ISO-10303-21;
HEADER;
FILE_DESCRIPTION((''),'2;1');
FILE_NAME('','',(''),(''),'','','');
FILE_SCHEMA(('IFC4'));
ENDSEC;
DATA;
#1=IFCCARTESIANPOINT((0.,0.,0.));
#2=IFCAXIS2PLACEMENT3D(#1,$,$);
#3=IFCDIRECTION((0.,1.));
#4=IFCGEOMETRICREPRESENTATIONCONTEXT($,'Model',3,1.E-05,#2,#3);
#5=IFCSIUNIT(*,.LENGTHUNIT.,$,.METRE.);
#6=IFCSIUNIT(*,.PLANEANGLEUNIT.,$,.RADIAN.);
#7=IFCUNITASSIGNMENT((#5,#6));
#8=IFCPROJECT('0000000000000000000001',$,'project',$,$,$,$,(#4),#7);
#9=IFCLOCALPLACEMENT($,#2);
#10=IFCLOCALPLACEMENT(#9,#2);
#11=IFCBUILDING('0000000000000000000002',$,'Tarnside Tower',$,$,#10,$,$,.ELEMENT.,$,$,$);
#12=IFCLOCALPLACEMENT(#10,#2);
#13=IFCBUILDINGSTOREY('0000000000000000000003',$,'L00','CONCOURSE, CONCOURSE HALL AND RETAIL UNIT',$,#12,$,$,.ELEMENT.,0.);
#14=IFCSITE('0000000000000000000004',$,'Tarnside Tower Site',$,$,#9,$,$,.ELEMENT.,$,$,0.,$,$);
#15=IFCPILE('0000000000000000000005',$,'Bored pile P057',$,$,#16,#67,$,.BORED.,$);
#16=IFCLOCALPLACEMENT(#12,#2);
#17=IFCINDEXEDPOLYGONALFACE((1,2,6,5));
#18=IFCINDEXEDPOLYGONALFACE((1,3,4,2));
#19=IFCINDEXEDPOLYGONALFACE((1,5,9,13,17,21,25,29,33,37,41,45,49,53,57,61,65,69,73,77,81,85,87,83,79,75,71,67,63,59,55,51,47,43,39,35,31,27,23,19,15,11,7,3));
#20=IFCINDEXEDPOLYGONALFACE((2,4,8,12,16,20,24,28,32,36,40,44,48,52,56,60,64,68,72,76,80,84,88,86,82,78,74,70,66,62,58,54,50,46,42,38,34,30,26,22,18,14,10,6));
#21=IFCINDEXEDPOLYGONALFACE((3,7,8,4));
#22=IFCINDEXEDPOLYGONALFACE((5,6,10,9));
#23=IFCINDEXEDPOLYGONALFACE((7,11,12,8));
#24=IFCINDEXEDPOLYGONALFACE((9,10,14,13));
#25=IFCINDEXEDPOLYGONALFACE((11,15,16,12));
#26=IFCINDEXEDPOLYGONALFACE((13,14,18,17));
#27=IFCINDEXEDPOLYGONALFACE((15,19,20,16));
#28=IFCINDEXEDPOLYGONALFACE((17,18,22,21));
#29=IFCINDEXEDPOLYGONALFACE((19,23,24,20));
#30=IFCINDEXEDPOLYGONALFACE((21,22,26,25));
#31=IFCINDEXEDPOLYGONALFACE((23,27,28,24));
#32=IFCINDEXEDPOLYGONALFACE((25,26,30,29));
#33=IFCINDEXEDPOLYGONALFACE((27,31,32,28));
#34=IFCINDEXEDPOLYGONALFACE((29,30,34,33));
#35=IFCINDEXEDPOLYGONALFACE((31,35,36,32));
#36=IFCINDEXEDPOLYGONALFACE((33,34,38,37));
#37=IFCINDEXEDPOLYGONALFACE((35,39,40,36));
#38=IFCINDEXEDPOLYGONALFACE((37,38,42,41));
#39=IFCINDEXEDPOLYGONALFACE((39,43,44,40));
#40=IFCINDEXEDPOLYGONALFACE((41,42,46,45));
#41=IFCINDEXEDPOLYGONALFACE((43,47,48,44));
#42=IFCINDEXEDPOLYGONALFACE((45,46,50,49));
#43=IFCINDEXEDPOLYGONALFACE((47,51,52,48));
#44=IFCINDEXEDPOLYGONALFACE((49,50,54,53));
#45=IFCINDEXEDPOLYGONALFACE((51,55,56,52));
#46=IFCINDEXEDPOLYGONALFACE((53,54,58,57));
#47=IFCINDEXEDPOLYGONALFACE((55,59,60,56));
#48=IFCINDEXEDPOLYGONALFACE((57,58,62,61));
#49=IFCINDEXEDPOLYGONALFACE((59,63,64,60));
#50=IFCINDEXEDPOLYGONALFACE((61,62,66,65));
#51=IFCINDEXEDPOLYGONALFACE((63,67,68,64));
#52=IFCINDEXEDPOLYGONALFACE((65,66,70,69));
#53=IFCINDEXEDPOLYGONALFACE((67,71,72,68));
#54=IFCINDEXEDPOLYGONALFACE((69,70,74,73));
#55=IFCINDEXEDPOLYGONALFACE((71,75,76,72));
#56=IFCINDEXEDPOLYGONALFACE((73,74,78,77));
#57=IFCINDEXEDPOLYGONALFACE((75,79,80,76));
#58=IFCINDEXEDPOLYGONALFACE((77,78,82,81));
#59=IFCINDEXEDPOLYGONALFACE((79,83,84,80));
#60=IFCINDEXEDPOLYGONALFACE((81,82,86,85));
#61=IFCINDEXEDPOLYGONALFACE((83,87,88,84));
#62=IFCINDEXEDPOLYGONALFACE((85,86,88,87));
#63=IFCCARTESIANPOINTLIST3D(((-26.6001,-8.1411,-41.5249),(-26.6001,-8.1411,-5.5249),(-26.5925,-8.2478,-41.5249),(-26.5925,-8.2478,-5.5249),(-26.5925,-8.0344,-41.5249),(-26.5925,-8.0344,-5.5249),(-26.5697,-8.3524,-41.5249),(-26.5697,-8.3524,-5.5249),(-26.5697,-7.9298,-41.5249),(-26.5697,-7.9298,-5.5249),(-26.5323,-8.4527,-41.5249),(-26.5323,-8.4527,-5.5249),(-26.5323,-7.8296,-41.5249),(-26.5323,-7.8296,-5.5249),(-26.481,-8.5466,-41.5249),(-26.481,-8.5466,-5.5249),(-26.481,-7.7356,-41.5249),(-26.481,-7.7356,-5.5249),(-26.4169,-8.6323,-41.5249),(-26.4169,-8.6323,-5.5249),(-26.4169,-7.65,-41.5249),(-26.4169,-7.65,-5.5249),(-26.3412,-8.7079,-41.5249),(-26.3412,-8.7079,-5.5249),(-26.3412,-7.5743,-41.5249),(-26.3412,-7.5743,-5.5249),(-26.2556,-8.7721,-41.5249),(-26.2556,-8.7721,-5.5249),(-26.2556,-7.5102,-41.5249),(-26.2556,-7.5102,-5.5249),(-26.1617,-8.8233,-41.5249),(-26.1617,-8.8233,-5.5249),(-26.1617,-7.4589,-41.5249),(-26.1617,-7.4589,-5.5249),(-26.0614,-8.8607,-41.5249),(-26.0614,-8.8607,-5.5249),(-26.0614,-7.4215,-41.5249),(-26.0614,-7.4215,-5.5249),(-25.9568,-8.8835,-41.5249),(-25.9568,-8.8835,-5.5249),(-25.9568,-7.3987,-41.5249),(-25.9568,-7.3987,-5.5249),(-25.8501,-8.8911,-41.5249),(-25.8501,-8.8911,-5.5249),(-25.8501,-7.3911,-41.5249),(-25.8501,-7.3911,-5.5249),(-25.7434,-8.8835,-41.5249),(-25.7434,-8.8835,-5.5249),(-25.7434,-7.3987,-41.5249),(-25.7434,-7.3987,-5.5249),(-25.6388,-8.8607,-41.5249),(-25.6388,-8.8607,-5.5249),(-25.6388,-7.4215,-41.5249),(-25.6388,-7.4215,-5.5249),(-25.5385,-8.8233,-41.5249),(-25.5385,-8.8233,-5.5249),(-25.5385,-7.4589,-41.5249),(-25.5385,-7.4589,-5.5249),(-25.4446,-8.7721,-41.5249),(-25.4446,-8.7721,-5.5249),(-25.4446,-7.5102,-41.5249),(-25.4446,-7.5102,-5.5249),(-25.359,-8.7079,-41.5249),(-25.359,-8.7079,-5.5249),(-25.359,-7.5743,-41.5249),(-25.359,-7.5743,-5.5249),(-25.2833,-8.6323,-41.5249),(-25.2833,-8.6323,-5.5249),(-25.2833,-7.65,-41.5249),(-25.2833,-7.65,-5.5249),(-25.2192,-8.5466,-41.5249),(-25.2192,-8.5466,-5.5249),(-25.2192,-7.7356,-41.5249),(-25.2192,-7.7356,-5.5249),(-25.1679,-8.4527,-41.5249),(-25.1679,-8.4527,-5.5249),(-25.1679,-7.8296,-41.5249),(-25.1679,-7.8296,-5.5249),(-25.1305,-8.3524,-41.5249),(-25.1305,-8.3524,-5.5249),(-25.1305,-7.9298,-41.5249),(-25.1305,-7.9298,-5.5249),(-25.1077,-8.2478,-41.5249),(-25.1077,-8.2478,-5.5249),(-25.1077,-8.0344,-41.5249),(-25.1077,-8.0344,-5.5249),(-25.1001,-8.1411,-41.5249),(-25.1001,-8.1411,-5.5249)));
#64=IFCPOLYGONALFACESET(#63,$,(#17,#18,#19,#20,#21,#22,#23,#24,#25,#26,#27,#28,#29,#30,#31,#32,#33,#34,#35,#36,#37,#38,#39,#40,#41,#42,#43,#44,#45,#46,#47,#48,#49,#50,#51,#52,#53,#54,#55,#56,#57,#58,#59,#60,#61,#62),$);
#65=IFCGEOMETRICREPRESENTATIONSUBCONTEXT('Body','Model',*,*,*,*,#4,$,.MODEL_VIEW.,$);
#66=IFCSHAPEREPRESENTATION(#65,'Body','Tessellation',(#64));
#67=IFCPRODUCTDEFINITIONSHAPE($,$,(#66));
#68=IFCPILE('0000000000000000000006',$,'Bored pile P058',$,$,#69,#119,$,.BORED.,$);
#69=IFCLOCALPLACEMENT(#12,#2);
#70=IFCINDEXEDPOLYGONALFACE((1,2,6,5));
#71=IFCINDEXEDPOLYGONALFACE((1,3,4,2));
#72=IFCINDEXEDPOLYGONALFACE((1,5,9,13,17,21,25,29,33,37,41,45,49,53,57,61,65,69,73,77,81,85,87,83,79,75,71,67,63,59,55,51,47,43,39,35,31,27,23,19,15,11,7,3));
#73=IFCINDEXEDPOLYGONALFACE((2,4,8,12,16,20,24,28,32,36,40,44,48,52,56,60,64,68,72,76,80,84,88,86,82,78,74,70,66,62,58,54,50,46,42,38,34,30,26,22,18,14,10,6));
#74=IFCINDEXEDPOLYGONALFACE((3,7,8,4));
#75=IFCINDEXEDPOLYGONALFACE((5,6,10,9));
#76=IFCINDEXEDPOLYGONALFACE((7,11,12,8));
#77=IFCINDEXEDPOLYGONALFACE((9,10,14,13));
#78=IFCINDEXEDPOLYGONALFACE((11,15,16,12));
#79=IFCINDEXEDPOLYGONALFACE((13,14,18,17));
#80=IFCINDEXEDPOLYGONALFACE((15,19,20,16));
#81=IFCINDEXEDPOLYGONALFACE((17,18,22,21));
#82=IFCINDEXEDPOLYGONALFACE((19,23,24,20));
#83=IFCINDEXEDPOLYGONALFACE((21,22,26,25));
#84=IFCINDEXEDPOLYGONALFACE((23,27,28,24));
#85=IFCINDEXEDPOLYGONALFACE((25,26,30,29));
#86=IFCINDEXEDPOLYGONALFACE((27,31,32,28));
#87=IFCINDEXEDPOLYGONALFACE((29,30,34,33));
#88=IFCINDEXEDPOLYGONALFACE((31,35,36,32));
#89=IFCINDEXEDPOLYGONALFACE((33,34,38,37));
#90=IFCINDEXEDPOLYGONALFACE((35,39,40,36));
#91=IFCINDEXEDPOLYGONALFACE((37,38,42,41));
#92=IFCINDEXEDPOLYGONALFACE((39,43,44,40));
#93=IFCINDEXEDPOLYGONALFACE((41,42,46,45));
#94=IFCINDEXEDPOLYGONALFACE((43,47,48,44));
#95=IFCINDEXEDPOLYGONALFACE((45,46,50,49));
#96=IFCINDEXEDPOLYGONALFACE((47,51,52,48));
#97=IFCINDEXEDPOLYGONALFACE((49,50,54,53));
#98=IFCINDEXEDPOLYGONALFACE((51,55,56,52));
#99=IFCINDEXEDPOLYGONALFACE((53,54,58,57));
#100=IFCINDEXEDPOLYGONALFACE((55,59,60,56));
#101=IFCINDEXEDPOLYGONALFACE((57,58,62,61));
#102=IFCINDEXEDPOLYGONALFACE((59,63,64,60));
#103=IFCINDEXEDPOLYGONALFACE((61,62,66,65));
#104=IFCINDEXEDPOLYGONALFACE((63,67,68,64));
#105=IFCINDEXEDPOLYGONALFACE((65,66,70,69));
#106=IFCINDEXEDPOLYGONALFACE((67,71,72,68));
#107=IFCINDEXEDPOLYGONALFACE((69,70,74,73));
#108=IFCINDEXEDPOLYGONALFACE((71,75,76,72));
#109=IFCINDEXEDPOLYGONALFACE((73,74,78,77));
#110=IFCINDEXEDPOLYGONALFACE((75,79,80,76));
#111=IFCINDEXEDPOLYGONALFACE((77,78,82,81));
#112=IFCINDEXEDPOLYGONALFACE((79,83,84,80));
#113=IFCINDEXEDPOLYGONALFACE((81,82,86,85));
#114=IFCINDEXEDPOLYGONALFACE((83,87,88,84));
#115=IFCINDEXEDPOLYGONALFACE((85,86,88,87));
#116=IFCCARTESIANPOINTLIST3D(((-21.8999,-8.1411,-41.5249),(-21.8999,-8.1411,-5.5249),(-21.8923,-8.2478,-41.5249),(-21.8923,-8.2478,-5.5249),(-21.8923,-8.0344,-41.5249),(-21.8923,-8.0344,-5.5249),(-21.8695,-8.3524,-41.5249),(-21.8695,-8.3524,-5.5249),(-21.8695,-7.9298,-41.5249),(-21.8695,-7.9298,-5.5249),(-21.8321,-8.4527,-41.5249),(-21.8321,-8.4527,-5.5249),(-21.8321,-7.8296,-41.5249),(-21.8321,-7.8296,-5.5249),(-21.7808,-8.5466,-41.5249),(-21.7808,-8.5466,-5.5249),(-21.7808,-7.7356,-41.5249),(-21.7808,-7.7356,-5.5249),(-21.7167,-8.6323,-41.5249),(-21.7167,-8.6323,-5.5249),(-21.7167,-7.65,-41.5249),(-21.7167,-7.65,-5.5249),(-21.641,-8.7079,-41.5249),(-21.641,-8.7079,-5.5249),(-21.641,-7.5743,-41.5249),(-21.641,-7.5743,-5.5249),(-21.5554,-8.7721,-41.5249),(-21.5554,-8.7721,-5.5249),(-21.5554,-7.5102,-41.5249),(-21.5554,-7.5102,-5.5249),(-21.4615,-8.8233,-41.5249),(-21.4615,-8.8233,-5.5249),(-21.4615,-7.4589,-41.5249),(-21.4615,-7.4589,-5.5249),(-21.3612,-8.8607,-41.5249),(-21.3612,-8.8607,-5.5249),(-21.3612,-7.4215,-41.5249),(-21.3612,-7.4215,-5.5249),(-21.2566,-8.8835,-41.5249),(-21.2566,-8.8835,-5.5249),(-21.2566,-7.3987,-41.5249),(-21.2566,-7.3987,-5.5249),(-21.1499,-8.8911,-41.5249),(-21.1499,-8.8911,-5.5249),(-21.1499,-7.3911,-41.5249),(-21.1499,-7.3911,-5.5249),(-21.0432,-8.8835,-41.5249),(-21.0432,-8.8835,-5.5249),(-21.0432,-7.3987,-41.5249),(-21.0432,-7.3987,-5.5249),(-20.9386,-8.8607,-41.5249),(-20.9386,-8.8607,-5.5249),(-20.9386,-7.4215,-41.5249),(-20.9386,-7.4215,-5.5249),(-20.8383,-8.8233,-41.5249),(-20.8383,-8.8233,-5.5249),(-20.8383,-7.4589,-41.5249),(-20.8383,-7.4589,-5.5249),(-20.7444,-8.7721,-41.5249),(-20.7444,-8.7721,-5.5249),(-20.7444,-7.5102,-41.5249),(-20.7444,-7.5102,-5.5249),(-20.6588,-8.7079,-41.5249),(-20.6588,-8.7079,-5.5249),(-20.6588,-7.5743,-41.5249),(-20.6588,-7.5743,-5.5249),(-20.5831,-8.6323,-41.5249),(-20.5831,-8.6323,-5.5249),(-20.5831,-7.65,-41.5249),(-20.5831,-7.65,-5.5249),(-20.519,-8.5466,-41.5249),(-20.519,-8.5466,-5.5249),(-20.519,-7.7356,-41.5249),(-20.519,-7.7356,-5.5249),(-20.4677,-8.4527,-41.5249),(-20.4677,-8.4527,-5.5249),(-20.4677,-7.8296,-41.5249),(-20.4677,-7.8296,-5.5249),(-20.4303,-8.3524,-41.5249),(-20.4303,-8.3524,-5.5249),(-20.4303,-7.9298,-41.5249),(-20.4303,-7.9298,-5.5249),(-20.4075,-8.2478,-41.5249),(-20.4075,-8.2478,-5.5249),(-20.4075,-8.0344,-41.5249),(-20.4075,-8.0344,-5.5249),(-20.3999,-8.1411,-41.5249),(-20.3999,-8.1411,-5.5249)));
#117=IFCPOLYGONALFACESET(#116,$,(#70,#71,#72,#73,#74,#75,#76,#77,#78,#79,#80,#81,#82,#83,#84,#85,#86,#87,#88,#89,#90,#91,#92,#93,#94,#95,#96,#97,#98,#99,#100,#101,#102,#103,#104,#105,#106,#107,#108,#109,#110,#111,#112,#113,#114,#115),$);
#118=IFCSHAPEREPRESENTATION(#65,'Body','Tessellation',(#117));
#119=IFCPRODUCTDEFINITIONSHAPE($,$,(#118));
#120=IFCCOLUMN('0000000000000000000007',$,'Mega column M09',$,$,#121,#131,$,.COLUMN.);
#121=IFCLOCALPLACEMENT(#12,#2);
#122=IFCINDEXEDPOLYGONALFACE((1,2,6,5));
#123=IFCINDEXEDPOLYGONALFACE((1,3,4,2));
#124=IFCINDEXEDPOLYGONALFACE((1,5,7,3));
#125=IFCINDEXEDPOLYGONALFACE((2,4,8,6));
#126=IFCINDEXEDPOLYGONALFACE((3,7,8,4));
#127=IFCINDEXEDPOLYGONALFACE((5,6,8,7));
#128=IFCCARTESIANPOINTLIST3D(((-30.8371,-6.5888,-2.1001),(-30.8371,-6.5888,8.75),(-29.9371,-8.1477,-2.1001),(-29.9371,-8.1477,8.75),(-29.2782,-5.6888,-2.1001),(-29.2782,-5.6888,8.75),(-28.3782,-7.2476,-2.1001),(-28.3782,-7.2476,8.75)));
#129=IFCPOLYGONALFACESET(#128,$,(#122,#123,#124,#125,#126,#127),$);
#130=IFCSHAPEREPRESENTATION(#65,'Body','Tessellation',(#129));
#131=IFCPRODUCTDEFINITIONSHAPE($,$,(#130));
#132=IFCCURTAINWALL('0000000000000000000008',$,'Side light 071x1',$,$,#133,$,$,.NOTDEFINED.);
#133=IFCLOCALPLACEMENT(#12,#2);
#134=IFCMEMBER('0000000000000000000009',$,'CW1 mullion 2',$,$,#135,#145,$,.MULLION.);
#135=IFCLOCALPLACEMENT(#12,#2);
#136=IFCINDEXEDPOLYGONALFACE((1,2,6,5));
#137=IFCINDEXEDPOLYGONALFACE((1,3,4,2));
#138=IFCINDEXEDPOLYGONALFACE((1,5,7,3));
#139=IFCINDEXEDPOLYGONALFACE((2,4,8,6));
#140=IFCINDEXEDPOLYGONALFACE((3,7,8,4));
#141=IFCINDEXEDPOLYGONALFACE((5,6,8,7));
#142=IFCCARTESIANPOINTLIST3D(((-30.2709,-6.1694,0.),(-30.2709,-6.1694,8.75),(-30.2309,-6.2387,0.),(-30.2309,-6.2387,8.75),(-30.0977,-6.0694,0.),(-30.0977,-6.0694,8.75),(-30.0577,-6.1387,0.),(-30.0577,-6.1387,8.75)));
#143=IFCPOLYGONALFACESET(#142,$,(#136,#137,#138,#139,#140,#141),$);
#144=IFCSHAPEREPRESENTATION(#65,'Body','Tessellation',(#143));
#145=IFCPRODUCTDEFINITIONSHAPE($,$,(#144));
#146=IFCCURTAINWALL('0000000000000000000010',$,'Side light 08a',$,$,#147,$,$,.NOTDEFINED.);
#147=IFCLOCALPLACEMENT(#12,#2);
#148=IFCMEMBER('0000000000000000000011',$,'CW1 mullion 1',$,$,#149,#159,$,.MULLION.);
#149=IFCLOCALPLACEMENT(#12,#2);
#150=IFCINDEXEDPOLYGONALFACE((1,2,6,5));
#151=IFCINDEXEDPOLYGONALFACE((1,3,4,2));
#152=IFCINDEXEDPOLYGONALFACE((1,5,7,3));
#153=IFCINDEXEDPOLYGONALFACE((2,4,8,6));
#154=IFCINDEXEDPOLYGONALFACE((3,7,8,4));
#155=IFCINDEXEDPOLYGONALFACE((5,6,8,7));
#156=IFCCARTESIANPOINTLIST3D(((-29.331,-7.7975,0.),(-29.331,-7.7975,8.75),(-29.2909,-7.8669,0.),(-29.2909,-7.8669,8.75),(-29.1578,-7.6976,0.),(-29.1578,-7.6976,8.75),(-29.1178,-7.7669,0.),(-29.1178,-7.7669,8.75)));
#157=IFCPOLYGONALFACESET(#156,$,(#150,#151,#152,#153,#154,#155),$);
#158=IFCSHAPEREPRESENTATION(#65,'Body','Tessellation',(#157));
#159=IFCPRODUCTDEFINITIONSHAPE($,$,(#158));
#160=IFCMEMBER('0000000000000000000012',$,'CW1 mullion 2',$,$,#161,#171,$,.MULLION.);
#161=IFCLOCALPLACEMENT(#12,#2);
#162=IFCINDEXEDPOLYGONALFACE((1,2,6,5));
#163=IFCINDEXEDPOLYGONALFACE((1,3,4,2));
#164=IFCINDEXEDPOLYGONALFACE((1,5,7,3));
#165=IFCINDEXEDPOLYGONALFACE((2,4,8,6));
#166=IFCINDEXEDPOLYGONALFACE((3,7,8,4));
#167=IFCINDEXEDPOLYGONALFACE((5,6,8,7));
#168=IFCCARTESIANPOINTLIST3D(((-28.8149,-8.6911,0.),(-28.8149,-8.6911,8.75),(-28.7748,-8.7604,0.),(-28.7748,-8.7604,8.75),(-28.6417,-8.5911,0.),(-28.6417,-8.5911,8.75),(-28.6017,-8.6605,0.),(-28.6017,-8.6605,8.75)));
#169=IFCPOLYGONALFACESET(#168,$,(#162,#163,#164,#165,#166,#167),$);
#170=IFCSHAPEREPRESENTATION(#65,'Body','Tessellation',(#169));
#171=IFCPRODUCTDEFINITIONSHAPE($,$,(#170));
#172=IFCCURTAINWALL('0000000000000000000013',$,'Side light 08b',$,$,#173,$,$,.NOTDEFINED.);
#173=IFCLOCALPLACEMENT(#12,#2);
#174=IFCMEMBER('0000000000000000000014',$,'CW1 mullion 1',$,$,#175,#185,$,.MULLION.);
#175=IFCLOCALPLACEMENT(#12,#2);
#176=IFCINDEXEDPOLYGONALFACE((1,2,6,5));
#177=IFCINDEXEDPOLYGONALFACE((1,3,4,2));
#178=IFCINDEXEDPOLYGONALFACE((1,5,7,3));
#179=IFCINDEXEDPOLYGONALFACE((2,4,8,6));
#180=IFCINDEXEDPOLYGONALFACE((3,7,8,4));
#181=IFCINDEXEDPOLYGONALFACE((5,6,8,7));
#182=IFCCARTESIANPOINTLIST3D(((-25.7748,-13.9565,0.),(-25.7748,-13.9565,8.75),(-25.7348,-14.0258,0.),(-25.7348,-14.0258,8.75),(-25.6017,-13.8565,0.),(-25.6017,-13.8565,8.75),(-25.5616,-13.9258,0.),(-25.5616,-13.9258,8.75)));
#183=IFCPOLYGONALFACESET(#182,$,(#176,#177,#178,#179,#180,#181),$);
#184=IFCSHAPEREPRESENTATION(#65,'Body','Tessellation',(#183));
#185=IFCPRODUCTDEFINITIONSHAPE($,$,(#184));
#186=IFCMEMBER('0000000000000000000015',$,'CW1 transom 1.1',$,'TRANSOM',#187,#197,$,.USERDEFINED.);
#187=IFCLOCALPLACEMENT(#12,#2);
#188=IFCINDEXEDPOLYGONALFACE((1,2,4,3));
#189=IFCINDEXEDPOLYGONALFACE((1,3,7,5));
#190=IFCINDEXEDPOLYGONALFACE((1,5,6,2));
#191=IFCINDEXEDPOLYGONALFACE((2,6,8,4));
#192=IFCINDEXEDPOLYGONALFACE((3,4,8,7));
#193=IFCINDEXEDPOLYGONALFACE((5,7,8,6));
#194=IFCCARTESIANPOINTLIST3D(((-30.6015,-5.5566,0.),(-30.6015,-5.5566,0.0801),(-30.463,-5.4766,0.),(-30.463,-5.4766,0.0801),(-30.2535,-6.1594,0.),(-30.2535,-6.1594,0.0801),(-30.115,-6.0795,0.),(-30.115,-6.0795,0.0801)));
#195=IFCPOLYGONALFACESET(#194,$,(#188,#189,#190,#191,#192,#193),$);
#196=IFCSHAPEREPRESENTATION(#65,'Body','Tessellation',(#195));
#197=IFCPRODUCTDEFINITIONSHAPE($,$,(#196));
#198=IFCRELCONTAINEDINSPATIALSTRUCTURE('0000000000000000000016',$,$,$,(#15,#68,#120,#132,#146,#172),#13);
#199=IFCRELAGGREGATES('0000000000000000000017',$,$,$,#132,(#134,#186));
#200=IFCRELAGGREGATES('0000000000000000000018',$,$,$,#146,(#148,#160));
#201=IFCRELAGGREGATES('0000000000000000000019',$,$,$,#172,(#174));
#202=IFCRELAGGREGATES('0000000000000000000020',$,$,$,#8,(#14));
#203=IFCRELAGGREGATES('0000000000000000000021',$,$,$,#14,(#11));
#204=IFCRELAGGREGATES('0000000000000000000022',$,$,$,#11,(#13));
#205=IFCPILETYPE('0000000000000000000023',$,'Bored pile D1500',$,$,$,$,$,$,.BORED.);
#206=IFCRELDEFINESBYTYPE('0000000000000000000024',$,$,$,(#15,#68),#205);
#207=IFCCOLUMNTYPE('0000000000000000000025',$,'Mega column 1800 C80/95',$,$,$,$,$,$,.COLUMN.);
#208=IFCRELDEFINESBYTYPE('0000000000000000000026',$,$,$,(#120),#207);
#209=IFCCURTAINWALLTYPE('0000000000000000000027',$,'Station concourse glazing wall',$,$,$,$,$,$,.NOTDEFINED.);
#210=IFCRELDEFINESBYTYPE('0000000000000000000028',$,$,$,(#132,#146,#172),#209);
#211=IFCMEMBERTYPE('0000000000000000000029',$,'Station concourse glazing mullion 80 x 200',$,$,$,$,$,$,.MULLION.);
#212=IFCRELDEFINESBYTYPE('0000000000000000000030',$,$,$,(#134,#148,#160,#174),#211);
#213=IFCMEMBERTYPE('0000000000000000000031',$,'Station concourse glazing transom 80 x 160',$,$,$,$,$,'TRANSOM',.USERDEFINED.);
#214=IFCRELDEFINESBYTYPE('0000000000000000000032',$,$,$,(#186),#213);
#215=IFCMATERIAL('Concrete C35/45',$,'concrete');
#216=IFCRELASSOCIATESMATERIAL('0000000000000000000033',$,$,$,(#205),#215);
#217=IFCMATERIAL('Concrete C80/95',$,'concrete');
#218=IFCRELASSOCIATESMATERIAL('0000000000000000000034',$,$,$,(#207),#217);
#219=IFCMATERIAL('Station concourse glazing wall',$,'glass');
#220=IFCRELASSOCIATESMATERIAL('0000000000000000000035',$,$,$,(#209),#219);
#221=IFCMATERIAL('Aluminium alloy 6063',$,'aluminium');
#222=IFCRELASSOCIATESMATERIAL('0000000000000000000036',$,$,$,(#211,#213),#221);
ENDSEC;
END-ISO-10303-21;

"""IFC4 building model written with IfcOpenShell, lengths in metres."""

from ifc_helpers import new_model, si_unit, direction, frame, origin, origin_2d, place, context, subcontext, project, spatial, rectangle, circle, extrude, material, material_profile, profile_set, type_object, element, aggregate, save


model = new_model("IFC4")

# Units and contexts
model_context = context("Model", 3, precision=1e-05, world=origin(), true_north=direction((0.0, 1.0)))
body_context = subcontext(model_context, "Body", "Model", "MODEL_VIEW")
ifc_project = project(units=[si_unit("LENGTHUNIT", "METRE"), si_unit("PLANEANGLEUNIT", "RADIAN")], contexts=[model_context])

# Site, building, storey
site_placement = place(None, origin())
site = spatial("IfcSite", under=ifc_project, at=site_placement, Name="Tarnside Tower Site", CompositionType="ELEMENT", RefElevation=0.0)
building_placement = place(site_placement, origin())
building = spatial("IfcBuilding", under=site, at=building_placement, Name="Tarnside Tower", CompositionType="ELEMENT")
storey_placement = place(building_placement, origin())
storey = spatial("IfcBuildingStorey", under=building, at=storey_placement, Name="L00", Description="CONCOURSE, CONCOURSE HALL AND RETAIL UNIT", CompositionType="ELEMENT", Elevation=0.0)

# Piles
ifc_material_1 = material(Name="Concrete C35/45", Category="concrete")
ifc_material_profile_1 = material_profile(ifc_material_1, circle(Radius=0.75, at=origin_2d()), Name="Bored pile D1500")
ifc_profile_set_1 = profile_set([ifc_material_profile_1], Name="Concrete C35/45")
pile_type = type_object("IfcPileType", Name="Bored pile D1500", PredefinedType="BORED", material=ifc_profile_set_1)
for number, where, z_axis, x_axis, name in (
    (1, (-25.8501, -8.1411, -5.5249), (0.0, 0.0, -1.0), (1.0, 0.0, 0.0), "Bored pile P057"),
    (2, (-21.1499, -8.1411, -5.5249), (0.0, 0.0, -1.0), (1.0, 0.0, 0.0), "Bored pile P058"),
):
    element("IfcPile", number, at=place(storey_placement, frame(where, z_axis=z_axis, x_axis=x_axis)), inside=storey, type_object=pile_type, Name=name, PredefinedType="BORED", context=body_context, shape_type="SweptSolid", body=[
        extrude(circle(Radius=0.75, at=origin_2d()), origin(), (0.0, 0.0, 1.0), 36.0),
    ])

# Column
ifc_material_2 = material(Name="Concrete C80/95", Category="concrete")
ifc_material_profile_2 = material_profile(ifc_material_2, rectangle(XDim=1.8, YDim=1.8, at=origin_2d()), Name="Mega column 1800x1800")
ifc_profile_set_2 = profile_set([ifc_material_profile_2], Name="Concrete C80/95")
column_type = type_object("IfcColumnType", Name="Mega column 1800 C80/95", PredefinedType="COLUMN", material=ifc_profile_set_2)
column_placement = place(storey_placement, frame((-29.6077, -6.9182, -2.1001), z_axis=(0.0, 0.0, 1.0), x_axis=(-0.5, 0.866025, 0.0)))
element("IfcColumn", 3, at=column_placement, inside=storey, type_object=column_type, Name="Mega column M09", PredefinedType="COLUMN", context=body_context, shape_type="SweptSolid", body=[
    extrude(rectangle(XDim=1.8, YDim=1.8, at=origin_2d()), origin(), (0.0, 0.0, 1.0), 10.8501),
])

# Curtain wall, member
ifc_material_3 = material(Name="Station concourse glazing wall", Category="glass")
curtain_wall_type = type_object("IfcCurtainWallType", Name="Station concourse glazing wall", PredefinedType="NOTDEFINED", material=ifc_material_3)
curtain_wall_1_placement = place(storey_placement, origin())
curtain_wall_1 = element("IfcCurtainWall", 4, at=curtain_wall_1_placement, inside=storey, type_object=curtain_wall_type, Name="Side light 071x1", PredefinedType="NOTDEFINED")
ifc_material_4 = material(Name="Aluminium alloy 6063", Category="aluminium")
ifc_material_profile_3 = material_profile(ifc_material_4, rectangle(XDim=0.2, YDim=0.0801, at=origin_2d()), Name="Station concourse glazing mullion 80 x 200")
ifc_profile_set_3 = profile_set([ifc_material_profile_3], Name="Aluminium alloy 6063")
member_type_1 = type_object("IfcMemberType", Name="Station concourse glazing mullion 80 x 200", PredefinedType="MULLION", material=ifc_profile_set_3)
member_1_placement = place(storey_placement, frame((-30.1643, -6.1541, 0.0), z_axis=(0.0, 0.0, 1.0), x_axis=(0.866025, 0.5, 0.0)))
member_1 = element("IfcMember", 5, at=member_1_placement, type_object=member_type_1, Name="CW1 mullion 2", PredefinedType="MULLION", context=body_context, shape_type="SweptSolid", body=[
    extrude(rectangle(XDim=0.2, YDim=0.0801, at=origin_2d()), origin(), (0.0, 0.0, 1.0), 8.75),
])

# Curtain wall, members
curtain_wall_2_placement = place(storey_placement, origin())
curtain_wall_2 = element("IfcCurtainWall", 6, at=curtain_wall_2_placement, inside=storey, type_object=curtain_wall_type, Name="Side light 08a", PredefinedType="NOTDEFINED")
member_2_placement = place(storey_placement, frame((-29.2244, -7.7822, 0.0), z_axis=(0.0, 0.0, 1.0), x_axis=(0.866025, 0.5, 0.0)))
member_2 = element("IfcMember", 7, at=member_2_placement, type_object=member_type_1, Name="CW1 mullion 1", PredefinedType="MULLION", context=body_context, shape_type="SweptSolid", body=[
    extrude(rectangle(XDim=0.2, YDim=0.0801, at=origin_2d()), origin(), (0.0, 0.0, 1.0), 8.75),
])
member_3_placement = place(storey_placement, frame((-28.7083, -8.6758, 0.0), z_axis=(0.0, 0.0, 1.0), x_axis=(0.866025, 0.5, 0.0)))
member_3 = element("IfcMember", 8, at=member_3_placement, type_object=member_type_1, Name="CW1 mullion 2", PredefinedType="MULLION", context=body_context, shape_type="SweptSolid", body=[
    extrude(rectangle(XDim=0.2, YDim=0.0801, at=origin_2d()), origin(), (0.0, 0.0, 1.0), 8.75),
])

# Curtain wall, member
curtain_wall_3_placement = place(storey_placement, origin())
curtain_wall_3 = element("IfcCurtainWall", 9, at=curtain_wall_3_placement, inside=storey, type_object=curtain_wall_type, Name="Side light 08b", PredefinedType="NOTDEFINED")
member_4_placement = place(storey_placement, frame((-25.6682, -13.9412, 0.0), z_axis=(0.0, 0.0, 1.0), x_axis=(0.866025, 0.5, 0.0)))
member_4 = element("IfcMember", 10, at=member_4_placement, type_object=member_type_1, Name="CW1 mullion 1", PredefinedType="MULLION", context=body_context, shape_type="SweptSolid", body=[
    extrude(rectangle(XDim=0.2, YDim=0.0801, at=origin_2d()), origin(), (0.0, 0.0, 1.0), 8.75),
])

# Member
ifc_material_profile_4 = material_profile(ifc_material_4, rectangle(XDim=0.1599, YDim=0.0801, at=origin_2d()), Name="Station concourse glazing transom 80 x 160")
ifc_profile_set_4 = profile_set([ifc_material_profile_4], Name="Aluminium alloy 6063")
member_type_2 = type_object("IfcMemberType", Name="Station concourse glazing transom 80 x 160", ElementType="TRANSOM", PredefinedType="USERDEFINED", material=ifc_profile_set_4)
member_5_placement = place(storey_placement, frame((-30.5322, -5.5166, 0.04), z_axis=(0.499874, -0.866098, 0.0), x_axis=(0.866098, 0.499874, 0.0)))
member_5 = element("IfcMember", 11, at=member_5_placement, type_object=member_type_2, Name="CW1 transom 1.1", ObjectType="TRANSOM", PredefinedType="USERDEFINED", context=body_context, shape_type="SweptSolid", body=[
    extrude(rectangle(XDim=0.1599, YDim=0.0801, at=origin_2d()), origin(), (0.0, 0.0, 1.0), 0.696),
])
aggregate(curtain_wall_1, [member_1, member_5])

aggregate(curtain_wall_2, [member_2, member_3])
aggregate(curtain_wall_3, [member_4])

save(model, "model.ifc")
